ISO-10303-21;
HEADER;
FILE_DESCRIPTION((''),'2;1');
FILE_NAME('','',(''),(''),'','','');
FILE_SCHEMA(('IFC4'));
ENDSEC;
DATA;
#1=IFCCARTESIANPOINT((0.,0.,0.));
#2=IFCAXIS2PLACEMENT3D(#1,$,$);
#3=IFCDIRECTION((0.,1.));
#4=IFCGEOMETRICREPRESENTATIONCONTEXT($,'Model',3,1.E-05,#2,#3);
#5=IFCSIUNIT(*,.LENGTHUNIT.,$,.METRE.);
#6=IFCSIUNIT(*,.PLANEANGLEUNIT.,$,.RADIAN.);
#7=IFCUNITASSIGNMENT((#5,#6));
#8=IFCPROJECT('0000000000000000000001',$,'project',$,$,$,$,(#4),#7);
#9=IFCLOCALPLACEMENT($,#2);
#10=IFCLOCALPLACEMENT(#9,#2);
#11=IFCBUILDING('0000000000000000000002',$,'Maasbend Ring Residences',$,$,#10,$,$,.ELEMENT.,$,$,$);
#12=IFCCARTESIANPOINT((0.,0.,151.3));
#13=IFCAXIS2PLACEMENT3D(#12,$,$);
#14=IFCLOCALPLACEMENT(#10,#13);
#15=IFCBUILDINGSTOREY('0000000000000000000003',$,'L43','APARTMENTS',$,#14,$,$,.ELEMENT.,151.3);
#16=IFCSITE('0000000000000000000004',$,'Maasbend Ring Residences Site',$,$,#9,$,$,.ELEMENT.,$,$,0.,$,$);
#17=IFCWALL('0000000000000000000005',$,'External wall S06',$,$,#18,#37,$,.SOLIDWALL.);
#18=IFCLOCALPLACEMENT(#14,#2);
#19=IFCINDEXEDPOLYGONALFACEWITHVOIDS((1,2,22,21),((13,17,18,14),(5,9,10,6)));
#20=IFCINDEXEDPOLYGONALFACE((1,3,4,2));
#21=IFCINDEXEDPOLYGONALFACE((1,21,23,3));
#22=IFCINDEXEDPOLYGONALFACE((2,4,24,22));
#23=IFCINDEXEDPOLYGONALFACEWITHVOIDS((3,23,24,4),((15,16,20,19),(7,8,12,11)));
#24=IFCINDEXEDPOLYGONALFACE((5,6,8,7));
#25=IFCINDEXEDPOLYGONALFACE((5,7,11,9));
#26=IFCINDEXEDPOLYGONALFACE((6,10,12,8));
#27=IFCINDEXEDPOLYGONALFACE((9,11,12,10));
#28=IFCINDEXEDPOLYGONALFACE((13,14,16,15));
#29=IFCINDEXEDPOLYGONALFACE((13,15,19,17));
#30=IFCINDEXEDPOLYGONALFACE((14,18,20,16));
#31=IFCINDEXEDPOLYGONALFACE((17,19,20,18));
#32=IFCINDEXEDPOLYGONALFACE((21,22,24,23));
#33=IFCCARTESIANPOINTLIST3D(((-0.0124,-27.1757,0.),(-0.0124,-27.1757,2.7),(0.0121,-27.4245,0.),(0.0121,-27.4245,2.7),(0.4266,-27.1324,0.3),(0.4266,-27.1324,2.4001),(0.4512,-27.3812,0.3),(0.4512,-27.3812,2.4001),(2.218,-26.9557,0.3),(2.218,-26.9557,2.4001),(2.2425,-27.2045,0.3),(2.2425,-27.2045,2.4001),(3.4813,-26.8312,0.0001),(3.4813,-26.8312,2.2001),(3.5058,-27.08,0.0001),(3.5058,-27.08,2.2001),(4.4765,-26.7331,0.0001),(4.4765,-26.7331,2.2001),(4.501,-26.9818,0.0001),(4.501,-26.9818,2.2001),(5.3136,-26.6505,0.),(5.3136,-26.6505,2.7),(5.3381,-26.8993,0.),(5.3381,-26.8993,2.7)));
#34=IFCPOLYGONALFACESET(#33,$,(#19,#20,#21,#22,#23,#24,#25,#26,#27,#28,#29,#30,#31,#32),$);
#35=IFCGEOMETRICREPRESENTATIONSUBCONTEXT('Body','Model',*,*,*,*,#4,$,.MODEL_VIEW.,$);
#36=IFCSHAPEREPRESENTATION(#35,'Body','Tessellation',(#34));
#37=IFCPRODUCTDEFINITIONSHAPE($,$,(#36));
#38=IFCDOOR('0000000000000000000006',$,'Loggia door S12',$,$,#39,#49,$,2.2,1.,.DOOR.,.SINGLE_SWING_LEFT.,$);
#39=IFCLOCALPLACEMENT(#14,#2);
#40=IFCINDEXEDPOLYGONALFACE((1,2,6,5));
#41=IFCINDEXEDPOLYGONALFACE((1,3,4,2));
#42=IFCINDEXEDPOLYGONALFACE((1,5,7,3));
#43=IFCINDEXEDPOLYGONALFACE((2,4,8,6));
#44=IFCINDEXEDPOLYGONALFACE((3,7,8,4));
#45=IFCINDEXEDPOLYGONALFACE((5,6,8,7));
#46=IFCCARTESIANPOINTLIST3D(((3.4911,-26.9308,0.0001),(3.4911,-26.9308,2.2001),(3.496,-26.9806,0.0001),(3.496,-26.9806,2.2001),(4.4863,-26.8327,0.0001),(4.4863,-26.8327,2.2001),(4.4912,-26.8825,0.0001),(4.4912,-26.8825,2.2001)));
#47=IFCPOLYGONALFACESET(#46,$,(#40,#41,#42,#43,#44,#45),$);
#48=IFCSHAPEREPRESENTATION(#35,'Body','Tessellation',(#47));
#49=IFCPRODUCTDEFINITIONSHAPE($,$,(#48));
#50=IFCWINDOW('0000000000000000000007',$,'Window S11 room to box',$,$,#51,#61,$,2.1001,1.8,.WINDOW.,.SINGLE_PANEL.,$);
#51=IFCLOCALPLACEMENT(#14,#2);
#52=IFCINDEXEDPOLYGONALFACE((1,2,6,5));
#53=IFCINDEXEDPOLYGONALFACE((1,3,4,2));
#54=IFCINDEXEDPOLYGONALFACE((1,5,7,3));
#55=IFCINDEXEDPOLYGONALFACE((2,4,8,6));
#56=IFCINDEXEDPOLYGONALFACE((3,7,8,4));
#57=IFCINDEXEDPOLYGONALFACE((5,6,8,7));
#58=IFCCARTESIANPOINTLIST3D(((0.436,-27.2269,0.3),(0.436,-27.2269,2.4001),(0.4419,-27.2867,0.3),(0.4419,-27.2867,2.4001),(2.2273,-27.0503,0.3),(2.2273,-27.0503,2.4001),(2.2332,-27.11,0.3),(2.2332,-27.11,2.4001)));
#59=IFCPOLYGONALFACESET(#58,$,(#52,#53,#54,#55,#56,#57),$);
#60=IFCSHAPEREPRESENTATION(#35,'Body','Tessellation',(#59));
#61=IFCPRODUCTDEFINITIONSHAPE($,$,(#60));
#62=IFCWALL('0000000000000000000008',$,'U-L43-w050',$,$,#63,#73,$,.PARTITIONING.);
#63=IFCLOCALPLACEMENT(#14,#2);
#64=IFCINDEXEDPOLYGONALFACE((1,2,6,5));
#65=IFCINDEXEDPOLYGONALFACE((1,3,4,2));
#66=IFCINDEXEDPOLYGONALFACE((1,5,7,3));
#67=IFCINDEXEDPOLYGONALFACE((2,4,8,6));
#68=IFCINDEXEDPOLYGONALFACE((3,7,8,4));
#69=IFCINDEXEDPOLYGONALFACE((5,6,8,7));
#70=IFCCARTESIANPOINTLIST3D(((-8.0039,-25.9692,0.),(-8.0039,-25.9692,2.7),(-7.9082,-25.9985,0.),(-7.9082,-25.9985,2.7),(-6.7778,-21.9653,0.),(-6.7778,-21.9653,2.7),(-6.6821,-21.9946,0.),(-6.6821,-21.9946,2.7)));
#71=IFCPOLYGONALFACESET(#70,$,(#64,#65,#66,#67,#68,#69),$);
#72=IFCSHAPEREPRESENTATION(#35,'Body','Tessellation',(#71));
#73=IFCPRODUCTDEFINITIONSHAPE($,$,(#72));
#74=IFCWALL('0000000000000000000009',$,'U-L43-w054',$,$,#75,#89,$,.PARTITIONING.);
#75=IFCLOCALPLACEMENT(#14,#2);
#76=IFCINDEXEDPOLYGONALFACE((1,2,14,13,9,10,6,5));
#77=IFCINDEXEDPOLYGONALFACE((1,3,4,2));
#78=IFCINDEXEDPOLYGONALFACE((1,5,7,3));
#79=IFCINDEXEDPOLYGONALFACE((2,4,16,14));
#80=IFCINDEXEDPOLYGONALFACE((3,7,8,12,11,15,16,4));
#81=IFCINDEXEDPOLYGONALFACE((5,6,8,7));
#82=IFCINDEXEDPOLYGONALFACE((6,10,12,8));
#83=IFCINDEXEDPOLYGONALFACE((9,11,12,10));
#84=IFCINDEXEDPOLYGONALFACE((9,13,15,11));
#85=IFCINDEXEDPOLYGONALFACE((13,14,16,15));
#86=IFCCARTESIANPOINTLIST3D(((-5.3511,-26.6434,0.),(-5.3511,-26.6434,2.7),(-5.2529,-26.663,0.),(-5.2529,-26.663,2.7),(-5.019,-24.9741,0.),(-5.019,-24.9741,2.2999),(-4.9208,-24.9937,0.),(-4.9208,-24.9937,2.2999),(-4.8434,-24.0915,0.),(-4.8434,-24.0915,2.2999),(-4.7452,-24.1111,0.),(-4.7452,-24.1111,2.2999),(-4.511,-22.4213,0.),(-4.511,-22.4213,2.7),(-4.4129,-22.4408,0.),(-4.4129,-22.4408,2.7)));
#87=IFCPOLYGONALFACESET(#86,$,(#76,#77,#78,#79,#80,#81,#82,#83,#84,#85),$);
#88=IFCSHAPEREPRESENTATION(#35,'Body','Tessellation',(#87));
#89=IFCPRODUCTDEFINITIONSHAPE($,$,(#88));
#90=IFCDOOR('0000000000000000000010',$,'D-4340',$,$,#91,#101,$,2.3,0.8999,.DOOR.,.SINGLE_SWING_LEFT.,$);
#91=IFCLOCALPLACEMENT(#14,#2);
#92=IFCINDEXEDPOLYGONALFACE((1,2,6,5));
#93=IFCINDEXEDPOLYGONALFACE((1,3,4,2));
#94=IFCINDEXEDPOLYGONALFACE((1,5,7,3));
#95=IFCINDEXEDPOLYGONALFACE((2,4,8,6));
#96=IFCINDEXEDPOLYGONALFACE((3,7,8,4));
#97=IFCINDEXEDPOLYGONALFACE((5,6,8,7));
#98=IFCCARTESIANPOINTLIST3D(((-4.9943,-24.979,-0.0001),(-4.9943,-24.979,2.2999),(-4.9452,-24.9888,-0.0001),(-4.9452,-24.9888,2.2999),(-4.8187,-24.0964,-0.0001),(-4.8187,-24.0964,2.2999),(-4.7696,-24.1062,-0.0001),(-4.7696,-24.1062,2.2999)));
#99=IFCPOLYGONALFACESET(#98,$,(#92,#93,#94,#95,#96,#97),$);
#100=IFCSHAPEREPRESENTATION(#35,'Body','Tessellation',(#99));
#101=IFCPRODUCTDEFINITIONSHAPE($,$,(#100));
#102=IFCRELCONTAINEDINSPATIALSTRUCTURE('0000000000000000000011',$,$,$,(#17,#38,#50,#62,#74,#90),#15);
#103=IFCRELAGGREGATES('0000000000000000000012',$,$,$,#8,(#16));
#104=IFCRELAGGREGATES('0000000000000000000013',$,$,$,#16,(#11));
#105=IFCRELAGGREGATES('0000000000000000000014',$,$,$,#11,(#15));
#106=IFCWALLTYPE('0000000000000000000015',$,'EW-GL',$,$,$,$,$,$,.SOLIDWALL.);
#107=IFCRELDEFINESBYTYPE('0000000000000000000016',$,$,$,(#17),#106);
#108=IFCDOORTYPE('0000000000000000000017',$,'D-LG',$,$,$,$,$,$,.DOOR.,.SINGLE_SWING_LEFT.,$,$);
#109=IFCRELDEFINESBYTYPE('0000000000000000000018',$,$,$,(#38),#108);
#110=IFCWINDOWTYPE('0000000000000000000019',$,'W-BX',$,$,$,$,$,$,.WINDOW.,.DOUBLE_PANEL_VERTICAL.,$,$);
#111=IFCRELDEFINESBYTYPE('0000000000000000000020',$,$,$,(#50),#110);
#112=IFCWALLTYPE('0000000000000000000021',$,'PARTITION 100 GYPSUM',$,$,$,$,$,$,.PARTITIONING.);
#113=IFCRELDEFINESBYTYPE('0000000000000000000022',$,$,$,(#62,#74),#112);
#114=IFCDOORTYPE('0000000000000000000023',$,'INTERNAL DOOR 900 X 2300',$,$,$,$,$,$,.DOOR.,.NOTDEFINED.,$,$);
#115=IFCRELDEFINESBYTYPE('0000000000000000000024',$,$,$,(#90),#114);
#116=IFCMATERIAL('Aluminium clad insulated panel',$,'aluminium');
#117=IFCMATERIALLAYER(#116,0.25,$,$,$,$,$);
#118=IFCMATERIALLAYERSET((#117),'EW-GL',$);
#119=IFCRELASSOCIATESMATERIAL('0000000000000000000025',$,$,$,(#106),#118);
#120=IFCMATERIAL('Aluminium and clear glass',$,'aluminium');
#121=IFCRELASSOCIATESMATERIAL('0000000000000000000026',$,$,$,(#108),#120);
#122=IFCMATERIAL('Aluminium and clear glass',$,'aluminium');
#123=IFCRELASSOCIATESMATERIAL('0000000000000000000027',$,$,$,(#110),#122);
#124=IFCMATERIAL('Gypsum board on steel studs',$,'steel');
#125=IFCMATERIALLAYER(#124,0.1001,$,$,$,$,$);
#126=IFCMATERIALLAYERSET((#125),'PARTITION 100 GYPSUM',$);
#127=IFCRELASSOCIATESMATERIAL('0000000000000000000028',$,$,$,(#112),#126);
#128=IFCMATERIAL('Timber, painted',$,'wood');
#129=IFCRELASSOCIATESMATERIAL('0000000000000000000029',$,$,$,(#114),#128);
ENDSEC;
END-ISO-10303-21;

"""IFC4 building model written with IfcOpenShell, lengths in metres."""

from ifc_helpers import new_model, si_unit, direction, frame, frame_2d, origin, place, context, subcontext, project, spatial, rectangle, extrude, material, layer, layer_set, type_object, element, fill, save


model = new_model("IFC4")

# Units and contexts
model_context = context("Model", 3, precision=1e-05, world=origin(), true_north=direction((0.0, 1.0)))
body_context = subcontext(model_context, "Body", "Model", "MODEL_VIEW")
ifc_project = project(units=[si_unit("LENGTHUNIT", "METRE"), si_unit("PLANEANGLEUNIT", "RADIAN")], contexts=[model_context])

# Site, building, storey
site_placement = place(None, origin())
site = spatial("IfcSite", under=ifc_project, at=site_placement, Name="Maasbend Ring Residences Site", CompositionType="ELEMENT", RefElevation=0.0)
building_placement = place(site_placement, origin())
building = spatial("IfcBuilding", under=site, at=building_placement, Name="Maasbend Ring Residences", CompositionType="ELEMENT")
storey_placement = place(building_placement, frame((0.0, 0.0, 151.3)))
storey = spatial("IfcBuildingStorey", under=building, at=storey_placement, Name="L43", Description="APARTMENTS", CompositionType="ELEMENT", Elevation=151.3)

# Wall, openings, door, window
ifc_material_1 = material(Name="Aluminium clad insulated panel", Category="aluminium")
ifc_layer_1 = layer(ifc_material_1, 0.25)
ifc_layer_set_1 = layer_set([ifc_layer_1], Name="EW-GL")
wall_type_1 = type_object("IfcWallType", Name="EW-GL", PredefinedType="SOLIDWALL", material=ifc_layer_set_1)
ifc_material_2 = material(Name="Aluminium and clear glass", Category="aluminium")
door_type_1 = type_object("IfcDoorType", Name="D-LG", OperationType="SINGLE_SWING_LEFT", PredefinedType="DOOR", material=ifc_material_2)
ifc_material_3 = material(Name="Aluminium and clear glass", Category="aluminium")
window_type_1 = type_object("IfcWindowType", Name="W-BX", PartitioningType="DOUBLE_PANEL_VERTICAL", PredefinedType="WINDOW", material=ifc_material_3)
wall_1_placement = place(storey_placement, frame((0.0, -27.3, 0.0), z_axis=(0.0, 0.0, 1.0), x_axis=(0.995174, 0.098126, 0.0)))
wall_1 = element("IfcWall", 1, at=wall_1_placement, inside=storey, type_object=wall_type_1, Name="External wall S06", PredefinedType="SOLIDWALL", context=body_context, shape_type="SweptSolid", body=[
    extrude(rectangle(XDim=5.3518, YDim=0.25, at=frame_2d((2.6758, 0.0))), origin(), (0.0, 0.0, 1.0), 2.7),
])
opening_1_placement = place(wall_1_placement, frame((0.4412, 0.0, 0.3)))
opening_1 = element("IfcOpeningElement", 2, at=opening_1_placement, cuts=wall_1, PredefinedType="OPENING", context=body_context, shape_type="SweptSolid", body=[
    extrude(rectangle(XDim=1.8, YDim=2.1001, at=frame_2d((0.8999, 1.05))), frame((0.0, 0.135, 0.0), z_axis=(0.0, -1.0, 0.0), x_axis=(1.0, 0.0, 0.0)), (0.0, 0.0, 1.0), 0.27),
])
opening_2_placement = place(wall_1_placement, frame((3.5105, 0.0, 0.0)))
opening_2 = element("IfcOpeningElement", 3, at=opening_2_placement, cuts=wall_1, PredefinedType="OPENING", context=body_context, shape_type="SweptSolid", body=[
    extrude(rectangle(XDim=1.0, YDim=2.2, at=frame_2d((0.5, 1.1001))), frame((0.0, 0.135, 0.0), z_axis=(0.0, -1.0, 0.0), x_axis=(1.0, 0.0, 0.0)), (0.0, 0.0, 1.0), 0.27),
])
door_1_placement = place(opening_2_placement, origin())
door_1 = element("IfcDoor", 4, at=door_1_placement, inside=storey, type_object=door_type_1, Name="Loggia door S12", OperationType="SINGLE_SWING_LEFT", OverallHeight=2.2, OverallWidth=1.0, PredefinedType="DOOR", context=body_context, shape_type="SweptSolid", body=[
    extrude(rectangle(XDim=1.0, YDim=2.2, at=frame_2d((0.5, 1.1001))), frame((0.0, 0.0249, 0.0), z_axis=(0.0, -1.0, 0.0), x_axis=(1.0, 0.0, 0.0)), (0.0, 0.0, 1.0), 0.05),
])
fill(opening_2, door_1)
window_1_placement = place(opening_1_placement, origin())
window_1 = element("IfcWindow", 5, at=window_1_placement, inside=storey, type_object=window_type_1, Name="Window S11 room to box", OverallHeight=2.1001, OverallWidth=1.8, PartitioningType="SINGLE_PANEL", PredefinedType="WINDOW", context=body_context, shape_type="SweptSolid", body=[
    extrude(rectangle(XDim=1.8, YDim=2.1001, at=frame_2d((0.8999, 1.05))), frame((0.0, 0.03, 0.0), z_axis=(0.0, -1.0, 0.0), x_axis=(1.0, 0.0, 0.0)), (0.0, 0.0, 1.0), 0.0601),
])
fill(opening_1, window_1)

# Wall
ifc_material_4 = material(Name="Gypsum board on steel studs", Category="steel")
ifc_layer_2 = layer(ifc_material_4, 0.1001)
ifc_layer_set_2 = layer_set([ifc_layer_2], Name="PARTITION 100 GYPSUM")
wall_type_2 = type_object("IfcWallType", Name="PARTITION 100 GYPSUM", PredefinedType="PARTITIONING", material=ifc_layer_set_2)
wall_2_placement = place(storey_placement, frame((-7.9561, -25.9839, 0.0), z_axis=(0.0, 0.0, 1.0), x_axis=(0.292799, 0.956174, 0.0)))
element("IfcWall", 6, at=wall_2_placement, inside=storey, type_object=wall_type_2, Name="U-L43-w050", PredefinedType="PARTITIONING", context=body_context, shape_type="SweptSolid", body=[
    extrude(rectangle(XDim=4.1875, YDim=0.1001, at=frame_2d((2.0938, 0.0))), origin(), (0.0, 0.0, 1.0), 2.7),
])

# Wall, opening, door
wall_3_placement = place(storey_placement, frame((-5.302, -26.6531, 0.0), z_axis=(0.0, 0.0, 1.0), x_axis=(0.195145, 0.980774, 0.0)))
wall_3 = element("IfcWall", 7, at=wall_3_placement, inside=storey, type_object=wall_type_2, Name="U-L43-w054", PredefinedType="PARTITIONING", context=body_context, shape_type="SweptSolid", body=[
    extrude(rectangle(XDim=4.3049, YDim=0.1001, at=frame_2d((2.1523, 0.0))), origin(), (0.0, 0.0, 1.0), 2.7),
])
opening_3_placement = place(wall_3_placement, frame((1.7019, 0.0, 0.0)))
opening_3 = element("IfcOpeningElement", 8, at=opening_3_placement, cuts=wall_3, PredefinedType="OPENING", context=body_context, shape_type="SweptSolid", body=[
    extrude(rectangle(XDim=0.8999, YDim=2.3, at=frame_2d((0.45, 1.1499))), frame((0.0, 0.0601, 0.0), z_axis=(0.0, -1.0, 0.0), x_axis=(1.0, 0.0, 0.0)), (0.0, 0.0, 1.0), 0.1201),
])
ifc_material_5 = material(Name="Timber, painted", Category="wood")
door_type_2 = type_object("IfcDoorType", Name="INTERNAL DOOR 900 X 2300", OperationType="NOTDEFINED", PredefinedType="DOOR", material=ifc_material_5)
door_2_placement = place(opening_3_placement, origin())
door_2 = element("IfcDoor", 9, at=door_2_placement, inside=storey, type_object=door_type_2, Name="D-4340", OperationType="SINGLE_SWING_LEFT", OverallHeight=2.3, OverallWidth=0.8999, PredefinedType="DOOR", context=body_context, shape_type="SweptSolid", body=[
    extrude(rectangle(XDim=0.8999, YDim=2.3, at=frame_2d((0.45, 1.1499))), frame((0.0, 0.0249, 0.0), z_axis=(0.0, -1.0, 0.0), x_axis=(1.0, 0.0, 0.0)), (0.0, 0.0, 1.0), 0.05),
])
fill(opening_3, door_2)

save(model, "model.ifc")
